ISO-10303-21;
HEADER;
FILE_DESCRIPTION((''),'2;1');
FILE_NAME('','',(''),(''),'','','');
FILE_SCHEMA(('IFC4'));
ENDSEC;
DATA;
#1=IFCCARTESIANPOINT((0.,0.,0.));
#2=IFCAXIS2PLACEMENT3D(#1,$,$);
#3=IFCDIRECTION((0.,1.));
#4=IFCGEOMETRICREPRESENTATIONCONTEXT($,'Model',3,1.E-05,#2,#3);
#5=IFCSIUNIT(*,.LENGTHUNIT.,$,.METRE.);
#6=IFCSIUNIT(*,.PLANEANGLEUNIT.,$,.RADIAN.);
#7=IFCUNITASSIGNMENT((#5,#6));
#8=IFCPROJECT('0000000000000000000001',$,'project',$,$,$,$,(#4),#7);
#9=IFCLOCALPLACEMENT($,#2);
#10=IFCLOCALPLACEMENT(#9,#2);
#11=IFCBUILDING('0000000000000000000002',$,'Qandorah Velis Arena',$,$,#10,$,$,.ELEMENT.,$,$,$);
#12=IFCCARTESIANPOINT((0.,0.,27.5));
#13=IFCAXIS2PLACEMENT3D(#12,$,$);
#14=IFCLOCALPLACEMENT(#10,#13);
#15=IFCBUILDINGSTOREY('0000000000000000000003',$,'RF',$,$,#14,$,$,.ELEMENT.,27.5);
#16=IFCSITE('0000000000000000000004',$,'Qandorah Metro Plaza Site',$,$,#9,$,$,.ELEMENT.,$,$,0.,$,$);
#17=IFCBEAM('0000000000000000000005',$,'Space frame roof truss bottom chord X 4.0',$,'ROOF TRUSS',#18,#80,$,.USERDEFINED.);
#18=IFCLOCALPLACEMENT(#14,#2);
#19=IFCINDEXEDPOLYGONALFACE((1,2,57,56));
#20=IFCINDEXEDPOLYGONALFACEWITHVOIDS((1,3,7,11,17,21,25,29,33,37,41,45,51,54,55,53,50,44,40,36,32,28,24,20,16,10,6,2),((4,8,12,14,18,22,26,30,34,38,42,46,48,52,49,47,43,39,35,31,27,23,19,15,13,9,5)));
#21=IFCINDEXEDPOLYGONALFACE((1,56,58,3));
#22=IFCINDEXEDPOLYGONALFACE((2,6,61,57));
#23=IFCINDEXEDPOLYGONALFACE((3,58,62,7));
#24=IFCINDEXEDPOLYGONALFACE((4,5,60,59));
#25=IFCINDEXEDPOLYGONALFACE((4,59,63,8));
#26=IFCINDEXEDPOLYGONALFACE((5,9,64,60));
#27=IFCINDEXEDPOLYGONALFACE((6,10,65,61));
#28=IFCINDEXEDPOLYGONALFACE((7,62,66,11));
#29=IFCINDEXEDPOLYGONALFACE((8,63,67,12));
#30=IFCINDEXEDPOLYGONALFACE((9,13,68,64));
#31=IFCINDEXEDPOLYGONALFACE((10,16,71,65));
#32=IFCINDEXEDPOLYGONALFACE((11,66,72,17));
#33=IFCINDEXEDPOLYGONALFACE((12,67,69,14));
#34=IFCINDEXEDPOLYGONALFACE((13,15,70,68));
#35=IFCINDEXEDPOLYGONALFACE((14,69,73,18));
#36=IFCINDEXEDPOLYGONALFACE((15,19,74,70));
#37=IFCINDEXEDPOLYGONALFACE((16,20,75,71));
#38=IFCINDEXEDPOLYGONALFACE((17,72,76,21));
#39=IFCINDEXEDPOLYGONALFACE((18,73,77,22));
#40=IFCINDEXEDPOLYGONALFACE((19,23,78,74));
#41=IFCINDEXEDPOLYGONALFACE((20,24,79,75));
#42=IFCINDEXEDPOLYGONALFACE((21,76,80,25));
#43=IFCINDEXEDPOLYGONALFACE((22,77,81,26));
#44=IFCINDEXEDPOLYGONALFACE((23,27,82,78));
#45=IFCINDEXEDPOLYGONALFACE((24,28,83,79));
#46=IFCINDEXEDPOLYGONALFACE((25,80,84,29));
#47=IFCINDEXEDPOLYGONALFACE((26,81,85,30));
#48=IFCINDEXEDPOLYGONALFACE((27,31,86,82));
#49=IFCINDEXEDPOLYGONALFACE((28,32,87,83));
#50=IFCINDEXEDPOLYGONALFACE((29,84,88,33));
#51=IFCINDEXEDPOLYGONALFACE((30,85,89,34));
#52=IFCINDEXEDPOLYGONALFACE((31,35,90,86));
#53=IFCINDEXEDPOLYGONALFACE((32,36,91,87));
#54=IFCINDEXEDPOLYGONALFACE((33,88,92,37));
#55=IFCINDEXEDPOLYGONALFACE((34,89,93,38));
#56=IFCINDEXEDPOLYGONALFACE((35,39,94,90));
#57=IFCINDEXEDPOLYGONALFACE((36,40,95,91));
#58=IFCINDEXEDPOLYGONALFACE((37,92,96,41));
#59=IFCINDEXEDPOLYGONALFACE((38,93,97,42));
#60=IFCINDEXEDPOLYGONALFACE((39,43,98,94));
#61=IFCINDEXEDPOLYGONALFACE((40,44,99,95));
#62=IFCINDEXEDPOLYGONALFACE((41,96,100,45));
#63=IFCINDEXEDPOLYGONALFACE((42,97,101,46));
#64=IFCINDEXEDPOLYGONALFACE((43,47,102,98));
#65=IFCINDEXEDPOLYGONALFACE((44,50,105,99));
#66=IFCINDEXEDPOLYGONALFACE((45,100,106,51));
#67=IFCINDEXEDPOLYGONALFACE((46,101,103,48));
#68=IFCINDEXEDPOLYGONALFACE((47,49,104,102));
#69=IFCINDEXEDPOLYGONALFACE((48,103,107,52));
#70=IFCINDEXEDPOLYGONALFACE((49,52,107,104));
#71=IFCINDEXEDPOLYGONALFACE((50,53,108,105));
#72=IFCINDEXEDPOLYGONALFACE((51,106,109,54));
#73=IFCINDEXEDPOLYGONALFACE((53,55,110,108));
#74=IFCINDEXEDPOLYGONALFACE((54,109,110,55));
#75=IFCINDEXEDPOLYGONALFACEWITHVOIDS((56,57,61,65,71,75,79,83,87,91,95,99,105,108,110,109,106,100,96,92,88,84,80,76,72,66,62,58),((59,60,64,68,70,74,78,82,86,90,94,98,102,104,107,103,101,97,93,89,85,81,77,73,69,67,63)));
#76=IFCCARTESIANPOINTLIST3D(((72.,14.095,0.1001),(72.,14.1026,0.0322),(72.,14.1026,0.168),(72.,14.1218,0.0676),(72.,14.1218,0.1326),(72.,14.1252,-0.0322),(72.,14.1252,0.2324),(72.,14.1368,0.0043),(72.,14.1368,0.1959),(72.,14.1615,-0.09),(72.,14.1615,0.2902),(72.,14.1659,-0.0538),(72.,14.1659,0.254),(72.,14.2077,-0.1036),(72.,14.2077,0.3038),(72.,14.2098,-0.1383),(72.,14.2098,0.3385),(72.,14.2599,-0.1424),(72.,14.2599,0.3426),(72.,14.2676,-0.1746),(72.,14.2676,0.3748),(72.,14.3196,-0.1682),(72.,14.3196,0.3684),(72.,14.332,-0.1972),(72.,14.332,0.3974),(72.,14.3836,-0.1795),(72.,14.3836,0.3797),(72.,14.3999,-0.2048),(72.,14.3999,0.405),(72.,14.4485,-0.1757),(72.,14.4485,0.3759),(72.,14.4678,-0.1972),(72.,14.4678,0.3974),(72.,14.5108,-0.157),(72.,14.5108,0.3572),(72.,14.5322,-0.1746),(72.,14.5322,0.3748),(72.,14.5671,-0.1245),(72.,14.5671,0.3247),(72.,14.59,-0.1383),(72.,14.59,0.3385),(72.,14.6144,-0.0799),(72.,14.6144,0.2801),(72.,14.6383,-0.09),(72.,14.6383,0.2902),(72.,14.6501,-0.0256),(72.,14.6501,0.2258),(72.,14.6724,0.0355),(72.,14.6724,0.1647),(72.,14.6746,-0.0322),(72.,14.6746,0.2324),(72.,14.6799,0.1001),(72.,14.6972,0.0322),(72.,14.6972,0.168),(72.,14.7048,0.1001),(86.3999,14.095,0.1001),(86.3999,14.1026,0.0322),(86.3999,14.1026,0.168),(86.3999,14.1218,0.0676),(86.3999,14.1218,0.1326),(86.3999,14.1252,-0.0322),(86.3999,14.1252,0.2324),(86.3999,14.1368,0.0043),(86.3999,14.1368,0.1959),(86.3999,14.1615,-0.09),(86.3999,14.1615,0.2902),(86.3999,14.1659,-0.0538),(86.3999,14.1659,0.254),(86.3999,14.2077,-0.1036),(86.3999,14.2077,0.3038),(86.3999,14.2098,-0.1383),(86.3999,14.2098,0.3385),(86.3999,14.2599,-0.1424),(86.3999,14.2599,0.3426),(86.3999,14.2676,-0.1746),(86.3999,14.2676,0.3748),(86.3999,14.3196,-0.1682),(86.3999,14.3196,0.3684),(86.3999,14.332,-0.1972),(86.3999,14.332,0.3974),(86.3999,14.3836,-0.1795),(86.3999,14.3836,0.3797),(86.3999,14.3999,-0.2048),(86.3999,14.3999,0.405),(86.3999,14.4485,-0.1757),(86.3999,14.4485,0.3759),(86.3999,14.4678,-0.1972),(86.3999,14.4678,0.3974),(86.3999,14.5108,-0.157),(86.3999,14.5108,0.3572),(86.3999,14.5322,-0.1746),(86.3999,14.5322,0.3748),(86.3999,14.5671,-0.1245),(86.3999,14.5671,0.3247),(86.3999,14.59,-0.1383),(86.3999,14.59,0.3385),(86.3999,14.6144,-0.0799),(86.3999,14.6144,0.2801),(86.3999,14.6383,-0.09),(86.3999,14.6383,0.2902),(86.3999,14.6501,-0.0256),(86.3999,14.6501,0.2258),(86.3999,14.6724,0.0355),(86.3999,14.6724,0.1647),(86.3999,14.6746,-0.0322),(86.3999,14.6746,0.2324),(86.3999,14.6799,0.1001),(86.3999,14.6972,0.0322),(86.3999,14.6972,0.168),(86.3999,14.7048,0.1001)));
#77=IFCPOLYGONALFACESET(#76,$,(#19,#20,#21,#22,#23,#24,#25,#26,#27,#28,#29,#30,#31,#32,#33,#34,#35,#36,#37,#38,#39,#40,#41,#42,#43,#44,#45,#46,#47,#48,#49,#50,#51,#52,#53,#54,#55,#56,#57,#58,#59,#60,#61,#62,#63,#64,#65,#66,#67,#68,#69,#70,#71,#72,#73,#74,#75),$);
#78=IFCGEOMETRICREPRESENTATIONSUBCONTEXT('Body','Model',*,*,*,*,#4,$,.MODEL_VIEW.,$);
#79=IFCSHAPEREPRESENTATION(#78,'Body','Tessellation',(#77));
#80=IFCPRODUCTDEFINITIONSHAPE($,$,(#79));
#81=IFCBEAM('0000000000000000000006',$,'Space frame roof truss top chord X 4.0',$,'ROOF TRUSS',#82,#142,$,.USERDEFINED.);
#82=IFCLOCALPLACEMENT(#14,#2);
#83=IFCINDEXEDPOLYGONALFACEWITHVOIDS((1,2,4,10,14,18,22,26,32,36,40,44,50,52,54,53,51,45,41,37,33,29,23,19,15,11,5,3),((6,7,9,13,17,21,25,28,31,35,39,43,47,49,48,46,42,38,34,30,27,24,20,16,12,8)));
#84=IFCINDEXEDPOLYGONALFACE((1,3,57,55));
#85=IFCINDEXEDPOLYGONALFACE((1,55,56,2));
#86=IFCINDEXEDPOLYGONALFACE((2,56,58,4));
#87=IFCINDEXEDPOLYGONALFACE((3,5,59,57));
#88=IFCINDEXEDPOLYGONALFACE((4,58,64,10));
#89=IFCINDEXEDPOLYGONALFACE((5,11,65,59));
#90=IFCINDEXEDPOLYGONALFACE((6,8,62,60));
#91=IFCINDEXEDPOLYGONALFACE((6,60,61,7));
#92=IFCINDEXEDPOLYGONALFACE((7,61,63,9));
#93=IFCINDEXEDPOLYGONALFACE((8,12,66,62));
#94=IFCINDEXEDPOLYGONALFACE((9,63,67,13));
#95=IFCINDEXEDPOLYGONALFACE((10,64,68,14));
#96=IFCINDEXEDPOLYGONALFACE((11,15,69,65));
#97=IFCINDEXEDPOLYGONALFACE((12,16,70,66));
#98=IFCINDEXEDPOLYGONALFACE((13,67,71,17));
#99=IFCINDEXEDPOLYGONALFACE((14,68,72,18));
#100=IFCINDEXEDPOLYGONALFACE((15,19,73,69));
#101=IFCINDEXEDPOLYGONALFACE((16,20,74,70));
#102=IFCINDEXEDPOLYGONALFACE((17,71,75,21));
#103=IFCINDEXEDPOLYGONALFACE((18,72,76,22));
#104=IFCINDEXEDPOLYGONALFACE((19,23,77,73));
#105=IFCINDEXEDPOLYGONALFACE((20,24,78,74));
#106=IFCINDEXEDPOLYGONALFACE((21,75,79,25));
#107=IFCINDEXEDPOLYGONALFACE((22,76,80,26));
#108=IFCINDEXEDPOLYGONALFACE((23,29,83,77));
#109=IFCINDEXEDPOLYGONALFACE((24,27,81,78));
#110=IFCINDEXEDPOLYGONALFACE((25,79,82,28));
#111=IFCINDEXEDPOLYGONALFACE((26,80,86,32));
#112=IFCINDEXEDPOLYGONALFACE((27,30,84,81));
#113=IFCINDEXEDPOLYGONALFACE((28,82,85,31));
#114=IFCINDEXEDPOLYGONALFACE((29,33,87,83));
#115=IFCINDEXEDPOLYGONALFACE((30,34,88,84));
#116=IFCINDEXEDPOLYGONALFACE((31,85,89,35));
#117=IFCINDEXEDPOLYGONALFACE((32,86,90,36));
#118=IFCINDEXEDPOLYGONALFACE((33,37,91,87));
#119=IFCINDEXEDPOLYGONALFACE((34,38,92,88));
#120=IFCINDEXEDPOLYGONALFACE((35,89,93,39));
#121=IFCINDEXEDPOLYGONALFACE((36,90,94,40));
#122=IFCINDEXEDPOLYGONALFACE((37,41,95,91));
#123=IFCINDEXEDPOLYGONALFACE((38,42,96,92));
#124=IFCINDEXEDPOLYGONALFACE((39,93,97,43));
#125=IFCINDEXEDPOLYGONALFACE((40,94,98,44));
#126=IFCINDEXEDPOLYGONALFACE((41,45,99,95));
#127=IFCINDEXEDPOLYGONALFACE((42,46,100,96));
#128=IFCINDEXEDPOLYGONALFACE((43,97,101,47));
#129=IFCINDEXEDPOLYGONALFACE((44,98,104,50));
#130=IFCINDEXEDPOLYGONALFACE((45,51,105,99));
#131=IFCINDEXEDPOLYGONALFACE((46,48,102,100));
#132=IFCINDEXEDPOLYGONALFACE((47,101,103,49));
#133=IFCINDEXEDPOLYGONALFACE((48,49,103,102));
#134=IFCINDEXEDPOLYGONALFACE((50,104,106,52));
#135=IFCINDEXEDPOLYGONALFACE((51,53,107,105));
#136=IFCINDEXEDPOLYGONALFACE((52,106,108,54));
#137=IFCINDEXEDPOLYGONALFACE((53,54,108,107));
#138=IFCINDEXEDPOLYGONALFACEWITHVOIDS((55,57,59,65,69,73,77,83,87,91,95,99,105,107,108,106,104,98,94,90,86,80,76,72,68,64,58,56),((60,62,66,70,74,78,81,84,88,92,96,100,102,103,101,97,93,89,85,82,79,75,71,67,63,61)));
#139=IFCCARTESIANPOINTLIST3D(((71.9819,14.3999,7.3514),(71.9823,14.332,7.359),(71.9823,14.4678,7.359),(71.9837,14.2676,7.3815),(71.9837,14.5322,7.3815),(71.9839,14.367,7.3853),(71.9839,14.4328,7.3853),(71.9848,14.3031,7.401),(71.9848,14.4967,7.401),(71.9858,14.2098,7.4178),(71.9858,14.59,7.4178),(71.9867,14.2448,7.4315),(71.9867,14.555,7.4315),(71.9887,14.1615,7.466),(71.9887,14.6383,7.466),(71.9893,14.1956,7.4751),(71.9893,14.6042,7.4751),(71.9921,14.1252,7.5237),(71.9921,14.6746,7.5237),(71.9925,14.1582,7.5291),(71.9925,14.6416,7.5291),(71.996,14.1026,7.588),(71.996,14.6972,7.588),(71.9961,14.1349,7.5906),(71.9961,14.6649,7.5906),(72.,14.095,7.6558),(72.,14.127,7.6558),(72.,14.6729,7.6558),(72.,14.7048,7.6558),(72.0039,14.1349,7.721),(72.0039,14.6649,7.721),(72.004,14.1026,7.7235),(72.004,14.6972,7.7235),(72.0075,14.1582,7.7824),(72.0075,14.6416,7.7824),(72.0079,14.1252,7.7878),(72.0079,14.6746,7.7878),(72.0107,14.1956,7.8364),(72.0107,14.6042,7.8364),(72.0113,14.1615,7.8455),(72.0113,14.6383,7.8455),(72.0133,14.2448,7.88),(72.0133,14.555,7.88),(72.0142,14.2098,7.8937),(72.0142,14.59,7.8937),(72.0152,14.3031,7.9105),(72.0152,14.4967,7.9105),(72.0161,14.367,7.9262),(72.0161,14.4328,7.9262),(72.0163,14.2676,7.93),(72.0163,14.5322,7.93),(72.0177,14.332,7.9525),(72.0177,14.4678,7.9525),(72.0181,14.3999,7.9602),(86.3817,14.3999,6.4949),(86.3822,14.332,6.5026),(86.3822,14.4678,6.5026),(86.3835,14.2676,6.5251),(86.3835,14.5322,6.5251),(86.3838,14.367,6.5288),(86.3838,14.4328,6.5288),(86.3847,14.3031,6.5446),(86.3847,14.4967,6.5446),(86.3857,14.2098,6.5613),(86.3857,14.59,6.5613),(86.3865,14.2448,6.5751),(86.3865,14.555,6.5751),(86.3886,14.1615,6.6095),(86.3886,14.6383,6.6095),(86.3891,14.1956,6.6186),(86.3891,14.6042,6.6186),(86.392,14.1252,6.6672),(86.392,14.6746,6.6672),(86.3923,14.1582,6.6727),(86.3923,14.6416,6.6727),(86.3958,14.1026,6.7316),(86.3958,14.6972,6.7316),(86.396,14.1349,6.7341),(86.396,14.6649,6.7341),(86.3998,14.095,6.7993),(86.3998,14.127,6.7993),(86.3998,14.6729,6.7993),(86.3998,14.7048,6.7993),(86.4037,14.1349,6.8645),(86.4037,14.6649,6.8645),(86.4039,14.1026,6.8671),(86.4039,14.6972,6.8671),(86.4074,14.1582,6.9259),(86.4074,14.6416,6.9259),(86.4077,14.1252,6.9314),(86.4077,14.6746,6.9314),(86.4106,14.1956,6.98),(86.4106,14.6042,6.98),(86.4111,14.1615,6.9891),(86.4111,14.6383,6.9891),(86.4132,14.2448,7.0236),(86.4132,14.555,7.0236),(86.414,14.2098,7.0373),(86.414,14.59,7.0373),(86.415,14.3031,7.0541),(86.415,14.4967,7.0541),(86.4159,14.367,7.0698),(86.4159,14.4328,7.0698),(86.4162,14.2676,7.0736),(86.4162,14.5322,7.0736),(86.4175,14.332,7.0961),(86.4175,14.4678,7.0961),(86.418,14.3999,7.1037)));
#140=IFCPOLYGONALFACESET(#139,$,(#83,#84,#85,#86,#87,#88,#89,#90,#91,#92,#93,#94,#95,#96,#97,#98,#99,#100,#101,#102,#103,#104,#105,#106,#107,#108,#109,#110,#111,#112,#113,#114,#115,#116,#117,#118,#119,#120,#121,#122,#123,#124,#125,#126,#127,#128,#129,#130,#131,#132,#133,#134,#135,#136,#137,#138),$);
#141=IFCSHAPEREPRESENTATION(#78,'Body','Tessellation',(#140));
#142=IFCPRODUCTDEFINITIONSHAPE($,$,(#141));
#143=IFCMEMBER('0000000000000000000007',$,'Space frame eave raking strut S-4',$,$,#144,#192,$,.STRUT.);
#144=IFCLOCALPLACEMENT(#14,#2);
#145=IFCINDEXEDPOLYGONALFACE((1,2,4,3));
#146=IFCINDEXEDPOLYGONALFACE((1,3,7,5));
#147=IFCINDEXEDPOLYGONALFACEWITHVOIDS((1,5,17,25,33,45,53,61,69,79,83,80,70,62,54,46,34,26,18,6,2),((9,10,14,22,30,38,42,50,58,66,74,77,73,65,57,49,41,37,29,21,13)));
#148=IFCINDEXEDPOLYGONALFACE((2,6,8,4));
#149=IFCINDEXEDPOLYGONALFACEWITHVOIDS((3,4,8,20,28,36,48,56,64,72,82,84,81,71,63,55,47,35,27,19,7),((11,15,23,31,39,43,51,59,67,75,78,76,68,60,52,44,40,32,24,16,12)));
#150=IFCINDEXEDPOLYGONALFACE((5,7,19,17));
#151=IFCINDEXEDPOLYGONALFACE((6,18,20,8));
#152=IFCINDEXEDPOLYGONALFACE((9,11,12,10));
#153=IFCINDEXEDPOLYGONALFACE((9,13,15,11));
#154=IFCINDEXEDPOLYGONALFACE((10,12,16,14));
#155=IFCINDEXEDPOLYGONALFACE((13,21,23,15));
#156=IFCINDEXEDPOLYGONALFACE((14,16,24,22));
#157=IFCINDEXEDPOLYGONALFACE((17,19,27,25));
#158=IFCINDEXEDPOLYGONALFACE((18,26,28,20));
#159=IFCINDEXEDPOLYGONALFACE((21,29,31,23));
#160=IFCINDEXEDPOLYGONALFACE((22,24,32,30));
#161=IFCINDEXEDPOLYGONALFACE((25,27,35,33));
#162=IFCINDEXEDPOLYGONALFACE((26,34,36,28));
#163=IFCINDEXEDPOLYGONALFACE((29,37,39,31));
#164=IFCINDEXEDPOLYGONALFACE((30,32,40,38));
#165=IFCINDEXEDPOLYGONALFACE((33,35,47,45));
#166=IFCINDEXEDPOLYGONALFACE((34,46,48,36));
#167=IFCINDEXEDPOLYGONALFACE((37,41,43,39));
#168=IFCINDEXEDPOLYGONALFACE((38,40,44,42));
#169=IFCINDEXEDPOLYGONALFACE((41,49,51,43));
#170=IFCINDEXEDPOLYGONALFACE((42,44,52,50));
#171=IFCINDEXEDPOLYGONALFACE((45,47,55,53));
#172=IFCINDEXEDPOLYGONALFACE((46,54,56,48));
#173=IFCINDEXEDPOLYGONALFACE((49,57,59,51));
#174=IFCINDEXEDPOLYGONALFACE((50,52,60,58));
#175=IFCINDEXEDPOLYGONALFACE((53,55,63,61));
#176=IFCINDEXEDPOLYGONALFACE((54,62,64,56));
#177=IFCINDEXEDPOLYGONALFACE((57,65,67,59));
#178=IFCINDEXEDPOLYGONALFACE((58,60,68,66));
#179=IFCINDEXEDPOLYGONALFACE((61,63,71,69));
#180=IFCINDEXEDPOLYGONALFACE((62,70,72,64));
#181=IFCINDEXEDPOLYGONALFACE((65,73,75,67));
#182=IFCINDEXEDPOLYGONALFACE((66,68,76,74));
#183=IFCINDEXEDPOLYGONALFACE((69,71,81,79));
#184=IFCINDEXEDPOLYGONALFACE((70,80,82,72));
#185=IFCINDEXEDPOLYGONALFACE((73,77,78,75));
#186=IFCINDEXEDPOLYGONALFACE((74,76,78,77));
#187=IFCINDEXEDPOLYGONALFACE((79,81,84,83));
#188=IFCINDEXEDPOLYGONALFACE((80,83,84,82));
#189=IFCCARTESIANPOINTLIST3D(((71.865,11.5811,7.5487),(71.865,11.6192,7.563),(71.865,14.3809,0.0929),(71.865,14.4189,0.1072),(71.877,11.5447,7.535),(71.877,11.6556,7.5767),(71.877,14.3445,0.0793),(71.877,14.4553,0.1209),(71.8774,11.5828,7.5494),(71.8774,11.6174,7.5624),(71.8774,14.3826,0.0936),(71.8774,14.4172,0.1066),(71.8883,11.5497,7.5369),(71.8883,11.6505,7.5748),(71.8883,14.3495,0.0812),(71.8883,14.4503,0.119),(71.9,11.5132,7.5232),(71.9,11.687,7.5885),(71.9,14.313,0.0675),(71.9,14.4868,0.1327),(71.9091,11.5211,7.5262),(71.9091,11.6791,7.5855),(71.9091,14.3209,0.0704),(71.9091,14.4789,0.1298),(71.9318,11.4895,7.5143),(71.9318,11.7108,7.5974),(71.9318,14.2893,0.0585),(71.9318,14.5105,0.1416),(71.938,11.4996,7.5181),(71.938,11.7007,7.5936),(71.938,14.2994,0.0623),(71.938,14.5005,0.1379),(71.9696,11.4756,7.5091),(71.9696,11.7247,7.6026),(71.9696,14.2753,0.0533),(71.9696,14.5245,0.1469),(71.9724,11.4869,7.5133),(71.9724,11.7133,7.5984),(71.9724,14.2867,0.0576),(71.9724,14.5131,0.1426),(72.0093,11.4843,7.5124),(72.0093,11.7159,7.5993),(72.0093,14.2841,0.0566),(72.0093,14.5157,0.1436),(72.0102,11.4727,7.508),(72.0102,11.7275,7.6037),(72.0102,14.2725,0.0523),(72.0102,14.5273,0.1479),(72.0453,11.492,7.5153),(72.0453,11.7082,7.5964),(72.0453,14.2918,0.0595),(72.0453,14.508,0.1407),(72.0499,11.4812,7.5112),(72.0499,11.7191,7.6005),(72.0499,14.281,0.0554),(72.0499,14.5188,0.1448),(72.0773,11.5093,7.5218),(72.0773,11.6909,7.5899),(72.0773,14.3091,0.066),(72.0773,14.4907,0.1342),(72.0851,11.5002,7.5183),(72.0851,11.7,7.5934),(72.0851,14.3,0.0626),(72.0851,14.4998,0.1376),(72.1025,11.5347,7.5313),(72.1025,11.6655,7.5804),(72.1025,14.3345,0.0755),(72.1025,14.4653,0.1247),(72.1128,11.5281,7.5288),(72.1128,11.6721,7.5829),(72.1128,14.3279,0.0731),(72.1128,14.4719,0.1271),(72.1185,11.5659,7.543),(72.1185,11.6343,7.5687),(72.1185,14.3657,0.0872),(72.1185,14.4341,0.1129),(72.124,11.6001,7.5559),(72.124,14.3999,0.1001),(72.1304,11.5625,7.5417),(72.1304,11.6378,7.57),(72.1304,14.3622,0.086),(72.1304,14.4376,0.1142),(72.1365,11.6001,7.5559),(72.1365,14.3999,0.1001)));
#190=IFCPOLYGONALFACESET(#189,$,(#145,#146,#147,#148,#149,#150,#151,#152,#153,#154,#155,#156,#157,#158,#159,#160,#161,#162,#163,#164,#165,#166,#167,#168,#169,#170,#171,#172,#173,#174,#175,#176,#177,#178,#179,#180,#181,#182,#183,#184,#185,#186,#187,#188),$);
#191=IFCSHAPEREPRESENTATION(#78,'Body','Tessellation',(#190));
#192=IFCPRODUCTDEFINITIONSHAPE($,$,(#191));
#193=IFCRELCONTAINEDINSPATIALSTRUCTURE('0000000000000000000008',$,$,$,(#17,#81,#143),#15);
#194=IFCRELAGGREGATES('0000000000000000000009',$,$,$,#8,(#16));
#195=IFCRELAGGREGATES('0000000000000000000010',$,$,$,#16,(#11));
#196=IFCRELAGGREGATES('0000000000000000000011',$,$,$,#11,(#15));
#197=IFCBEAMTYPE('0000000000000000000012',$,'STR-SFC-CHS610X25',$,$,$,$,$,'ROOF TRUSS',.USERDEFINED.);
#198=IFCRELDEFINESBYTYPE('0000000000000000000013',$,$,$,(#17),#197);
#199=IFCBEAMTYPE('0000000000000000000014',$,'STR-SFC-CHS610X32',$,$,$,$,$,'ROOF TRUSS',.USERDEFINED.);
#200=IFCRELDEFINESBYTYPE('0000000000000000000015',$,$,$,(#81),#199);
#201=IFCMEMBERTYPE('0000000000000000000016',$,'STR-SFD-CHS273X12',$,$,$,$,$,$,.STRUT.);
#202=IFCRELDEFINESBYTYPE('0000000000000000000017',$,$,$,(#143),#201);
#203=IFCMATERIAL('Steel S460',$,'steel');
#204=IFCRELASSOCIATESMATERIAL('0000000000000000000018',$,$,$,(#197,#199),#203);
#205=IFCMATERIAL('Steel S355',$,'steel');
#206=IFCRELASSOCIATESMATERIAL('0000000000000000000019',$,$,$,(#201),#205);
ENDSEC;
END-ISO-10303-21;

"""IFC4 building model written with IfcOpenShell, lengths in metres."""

from ifc_helpers import new_model, si_unit, direction, frame, origin, origin_2d, place, context, subcontext, project, spatial, hollow_circle, extrude, material, material_profile, profile_set, type_object, element, save


model = new_model("IFC4")

# Units and contexts
model_context = context("Model", 3, precision=1e-05, world=origin(), true_north=direction((0.0, 1.0)))
body_context = subcontext(model_context, "Body", "Model", "MODEL_VIEW")
ifc_project = project(units=[si_unit("LENGTHUNIT", "METRE"), si_unit("PLANEANGLEUNIT", "RADIAN")], contexts=[model_context])

# Site, building, storey
site_placement = place(None, origin())
site = spatial("IfcSite", under=ifc_project, at=site_placement, Name="Qandorah Metro Plaza Site", CompositionType="ELEMENT", RefElevation=0.0)
building_placement = place(site_placement, origin())
building = spatial("IfcBuilding", under=site, at=building_placement, Name="Qandorah Velis Arena", CompositionType="ELEMENT")
storey_placement = place(building_placement, frame((0.0, 0.0, 27.5)))
storey = spatial("IfcBuildingStorey", under=building, at=storey_placement, Name="RF", CompositionType="ELEMENT", Elevation=27.5)

# Beams
ifc_material_1 = material(Name="Steel S355", Category="steel")
ifc_material_2 = material(Name="Steel S460", Category="steel")
ifc_material_profile_1 = material_profile(ifc_material_2, hollow_circle(Radius=0.3049, WallThickness=0.0249, at=origin_2d()), Name="CHS 610x25")
ifc_profile_set_1 = profile_set([ifc_material_profile_1], Name="Steel S460")
beam_type_1 = type_object("IfcBeamType", Name="STR-SFC-CHS610X25", ElementType="ROOF TRUSS", PredefinedType="USERDEFINED", material=ifc_profile_set_1)
beam_1_placement = place(storey_placement, frame((72.0, 14.3999, 0.1001), z_axis=(1.0, 0.0, 0.0), x_axis=(0.0, 1.0, 0.0)))
element("IfcBeam", 1, at=beam_1_placement, inside=storey, type_object=beam_type_1, Name="Space frame roof truss bottom chord X 4.0", ObjectType="ROOF TRUSS", PredefinedType="USERDEFINED", context=body_context, shape_type="SweptSolid", body=[
    extrude(hollow_circle(Radius=0.3049, WallThickness=0.0249, at=origin_2d()), origin(), (0.0, 0.0, 1.0), 14.3999),
])
ifc_material_profile_2 = material_profile(ifc_material_2, hollow_circle(Radius=0.3049, WallThickness=0.032, at=origin_2d()), Name="CHS 610x32")
ifc_profile_set_2 = profile_set([ifc_material_profile_2], Name="Steel S460")
beam_type_2 = type_object("IfcBeamType", Name="STR-SFC-CHS610X32", ElementType="ROOF TRUSS", PredefinedType="USERDEFINED", material=ifc_profile_set_2)
beam_2_placement = place(storey_placement, frame((72.0, 14.3999, 7.6558), z_axis=(0.998236, 0.0, -0.059371), x_axis=(0.0, 1.0, 0.0)))
element("IfcBeam", 2, at=beam_2_placement, inside=storey, type_object=beam_type_2, Name="Space frame roof truss top chord X 4.0", ObjectType="ROOF TRUSS", PredefinedType="USERDEFINED", context=body_context, shape_type="SweptSolid", body=[
    extrude(hollow_circle(Radius=0.3049, WallThickness=0.032, at=origin_2d()), origin(), (0.0, 0.0, 1.0), 14.4253),
])

# Member
ifc_material_profile_3 = material_profile(ifc_material_1, hollow_circle(Radius=0.1365, WallThickness=0.0125, at=origin_2d()), Name="CHS 273x12.5")
ifc_profile_set_3 = profile_set([ifc_material_profile_3], Name="Steel S355")
member_type_1 = type_object("IfcMemberType", Name="STR-SFD-CHS273X12", PredefinedType="STRUT", material=ifc_profile_set_3)
member_1_placement = place(storey_placement, frame((72.0, 14.3999, 0.1001), z_axis=(0.0, -0.35155, 0.936169), x_axis=(1.0, 0.0, 0.0)))
element("IfcMember", 3, at=member_1_placement, inside=storey, type_object=member_type_1, Name="Space frame eave raking strut S-4", PredefinedType="STRUT", context=body_context, shape_type="SweptSolid", body=[
    extrude(hollow_circle(Radius=0.1365, WallThickness=0.0125, at=origin_2d()), origin(), (0.0, 0.0, 1.0), 7.9641),
])

save(model, "model.ifc")
